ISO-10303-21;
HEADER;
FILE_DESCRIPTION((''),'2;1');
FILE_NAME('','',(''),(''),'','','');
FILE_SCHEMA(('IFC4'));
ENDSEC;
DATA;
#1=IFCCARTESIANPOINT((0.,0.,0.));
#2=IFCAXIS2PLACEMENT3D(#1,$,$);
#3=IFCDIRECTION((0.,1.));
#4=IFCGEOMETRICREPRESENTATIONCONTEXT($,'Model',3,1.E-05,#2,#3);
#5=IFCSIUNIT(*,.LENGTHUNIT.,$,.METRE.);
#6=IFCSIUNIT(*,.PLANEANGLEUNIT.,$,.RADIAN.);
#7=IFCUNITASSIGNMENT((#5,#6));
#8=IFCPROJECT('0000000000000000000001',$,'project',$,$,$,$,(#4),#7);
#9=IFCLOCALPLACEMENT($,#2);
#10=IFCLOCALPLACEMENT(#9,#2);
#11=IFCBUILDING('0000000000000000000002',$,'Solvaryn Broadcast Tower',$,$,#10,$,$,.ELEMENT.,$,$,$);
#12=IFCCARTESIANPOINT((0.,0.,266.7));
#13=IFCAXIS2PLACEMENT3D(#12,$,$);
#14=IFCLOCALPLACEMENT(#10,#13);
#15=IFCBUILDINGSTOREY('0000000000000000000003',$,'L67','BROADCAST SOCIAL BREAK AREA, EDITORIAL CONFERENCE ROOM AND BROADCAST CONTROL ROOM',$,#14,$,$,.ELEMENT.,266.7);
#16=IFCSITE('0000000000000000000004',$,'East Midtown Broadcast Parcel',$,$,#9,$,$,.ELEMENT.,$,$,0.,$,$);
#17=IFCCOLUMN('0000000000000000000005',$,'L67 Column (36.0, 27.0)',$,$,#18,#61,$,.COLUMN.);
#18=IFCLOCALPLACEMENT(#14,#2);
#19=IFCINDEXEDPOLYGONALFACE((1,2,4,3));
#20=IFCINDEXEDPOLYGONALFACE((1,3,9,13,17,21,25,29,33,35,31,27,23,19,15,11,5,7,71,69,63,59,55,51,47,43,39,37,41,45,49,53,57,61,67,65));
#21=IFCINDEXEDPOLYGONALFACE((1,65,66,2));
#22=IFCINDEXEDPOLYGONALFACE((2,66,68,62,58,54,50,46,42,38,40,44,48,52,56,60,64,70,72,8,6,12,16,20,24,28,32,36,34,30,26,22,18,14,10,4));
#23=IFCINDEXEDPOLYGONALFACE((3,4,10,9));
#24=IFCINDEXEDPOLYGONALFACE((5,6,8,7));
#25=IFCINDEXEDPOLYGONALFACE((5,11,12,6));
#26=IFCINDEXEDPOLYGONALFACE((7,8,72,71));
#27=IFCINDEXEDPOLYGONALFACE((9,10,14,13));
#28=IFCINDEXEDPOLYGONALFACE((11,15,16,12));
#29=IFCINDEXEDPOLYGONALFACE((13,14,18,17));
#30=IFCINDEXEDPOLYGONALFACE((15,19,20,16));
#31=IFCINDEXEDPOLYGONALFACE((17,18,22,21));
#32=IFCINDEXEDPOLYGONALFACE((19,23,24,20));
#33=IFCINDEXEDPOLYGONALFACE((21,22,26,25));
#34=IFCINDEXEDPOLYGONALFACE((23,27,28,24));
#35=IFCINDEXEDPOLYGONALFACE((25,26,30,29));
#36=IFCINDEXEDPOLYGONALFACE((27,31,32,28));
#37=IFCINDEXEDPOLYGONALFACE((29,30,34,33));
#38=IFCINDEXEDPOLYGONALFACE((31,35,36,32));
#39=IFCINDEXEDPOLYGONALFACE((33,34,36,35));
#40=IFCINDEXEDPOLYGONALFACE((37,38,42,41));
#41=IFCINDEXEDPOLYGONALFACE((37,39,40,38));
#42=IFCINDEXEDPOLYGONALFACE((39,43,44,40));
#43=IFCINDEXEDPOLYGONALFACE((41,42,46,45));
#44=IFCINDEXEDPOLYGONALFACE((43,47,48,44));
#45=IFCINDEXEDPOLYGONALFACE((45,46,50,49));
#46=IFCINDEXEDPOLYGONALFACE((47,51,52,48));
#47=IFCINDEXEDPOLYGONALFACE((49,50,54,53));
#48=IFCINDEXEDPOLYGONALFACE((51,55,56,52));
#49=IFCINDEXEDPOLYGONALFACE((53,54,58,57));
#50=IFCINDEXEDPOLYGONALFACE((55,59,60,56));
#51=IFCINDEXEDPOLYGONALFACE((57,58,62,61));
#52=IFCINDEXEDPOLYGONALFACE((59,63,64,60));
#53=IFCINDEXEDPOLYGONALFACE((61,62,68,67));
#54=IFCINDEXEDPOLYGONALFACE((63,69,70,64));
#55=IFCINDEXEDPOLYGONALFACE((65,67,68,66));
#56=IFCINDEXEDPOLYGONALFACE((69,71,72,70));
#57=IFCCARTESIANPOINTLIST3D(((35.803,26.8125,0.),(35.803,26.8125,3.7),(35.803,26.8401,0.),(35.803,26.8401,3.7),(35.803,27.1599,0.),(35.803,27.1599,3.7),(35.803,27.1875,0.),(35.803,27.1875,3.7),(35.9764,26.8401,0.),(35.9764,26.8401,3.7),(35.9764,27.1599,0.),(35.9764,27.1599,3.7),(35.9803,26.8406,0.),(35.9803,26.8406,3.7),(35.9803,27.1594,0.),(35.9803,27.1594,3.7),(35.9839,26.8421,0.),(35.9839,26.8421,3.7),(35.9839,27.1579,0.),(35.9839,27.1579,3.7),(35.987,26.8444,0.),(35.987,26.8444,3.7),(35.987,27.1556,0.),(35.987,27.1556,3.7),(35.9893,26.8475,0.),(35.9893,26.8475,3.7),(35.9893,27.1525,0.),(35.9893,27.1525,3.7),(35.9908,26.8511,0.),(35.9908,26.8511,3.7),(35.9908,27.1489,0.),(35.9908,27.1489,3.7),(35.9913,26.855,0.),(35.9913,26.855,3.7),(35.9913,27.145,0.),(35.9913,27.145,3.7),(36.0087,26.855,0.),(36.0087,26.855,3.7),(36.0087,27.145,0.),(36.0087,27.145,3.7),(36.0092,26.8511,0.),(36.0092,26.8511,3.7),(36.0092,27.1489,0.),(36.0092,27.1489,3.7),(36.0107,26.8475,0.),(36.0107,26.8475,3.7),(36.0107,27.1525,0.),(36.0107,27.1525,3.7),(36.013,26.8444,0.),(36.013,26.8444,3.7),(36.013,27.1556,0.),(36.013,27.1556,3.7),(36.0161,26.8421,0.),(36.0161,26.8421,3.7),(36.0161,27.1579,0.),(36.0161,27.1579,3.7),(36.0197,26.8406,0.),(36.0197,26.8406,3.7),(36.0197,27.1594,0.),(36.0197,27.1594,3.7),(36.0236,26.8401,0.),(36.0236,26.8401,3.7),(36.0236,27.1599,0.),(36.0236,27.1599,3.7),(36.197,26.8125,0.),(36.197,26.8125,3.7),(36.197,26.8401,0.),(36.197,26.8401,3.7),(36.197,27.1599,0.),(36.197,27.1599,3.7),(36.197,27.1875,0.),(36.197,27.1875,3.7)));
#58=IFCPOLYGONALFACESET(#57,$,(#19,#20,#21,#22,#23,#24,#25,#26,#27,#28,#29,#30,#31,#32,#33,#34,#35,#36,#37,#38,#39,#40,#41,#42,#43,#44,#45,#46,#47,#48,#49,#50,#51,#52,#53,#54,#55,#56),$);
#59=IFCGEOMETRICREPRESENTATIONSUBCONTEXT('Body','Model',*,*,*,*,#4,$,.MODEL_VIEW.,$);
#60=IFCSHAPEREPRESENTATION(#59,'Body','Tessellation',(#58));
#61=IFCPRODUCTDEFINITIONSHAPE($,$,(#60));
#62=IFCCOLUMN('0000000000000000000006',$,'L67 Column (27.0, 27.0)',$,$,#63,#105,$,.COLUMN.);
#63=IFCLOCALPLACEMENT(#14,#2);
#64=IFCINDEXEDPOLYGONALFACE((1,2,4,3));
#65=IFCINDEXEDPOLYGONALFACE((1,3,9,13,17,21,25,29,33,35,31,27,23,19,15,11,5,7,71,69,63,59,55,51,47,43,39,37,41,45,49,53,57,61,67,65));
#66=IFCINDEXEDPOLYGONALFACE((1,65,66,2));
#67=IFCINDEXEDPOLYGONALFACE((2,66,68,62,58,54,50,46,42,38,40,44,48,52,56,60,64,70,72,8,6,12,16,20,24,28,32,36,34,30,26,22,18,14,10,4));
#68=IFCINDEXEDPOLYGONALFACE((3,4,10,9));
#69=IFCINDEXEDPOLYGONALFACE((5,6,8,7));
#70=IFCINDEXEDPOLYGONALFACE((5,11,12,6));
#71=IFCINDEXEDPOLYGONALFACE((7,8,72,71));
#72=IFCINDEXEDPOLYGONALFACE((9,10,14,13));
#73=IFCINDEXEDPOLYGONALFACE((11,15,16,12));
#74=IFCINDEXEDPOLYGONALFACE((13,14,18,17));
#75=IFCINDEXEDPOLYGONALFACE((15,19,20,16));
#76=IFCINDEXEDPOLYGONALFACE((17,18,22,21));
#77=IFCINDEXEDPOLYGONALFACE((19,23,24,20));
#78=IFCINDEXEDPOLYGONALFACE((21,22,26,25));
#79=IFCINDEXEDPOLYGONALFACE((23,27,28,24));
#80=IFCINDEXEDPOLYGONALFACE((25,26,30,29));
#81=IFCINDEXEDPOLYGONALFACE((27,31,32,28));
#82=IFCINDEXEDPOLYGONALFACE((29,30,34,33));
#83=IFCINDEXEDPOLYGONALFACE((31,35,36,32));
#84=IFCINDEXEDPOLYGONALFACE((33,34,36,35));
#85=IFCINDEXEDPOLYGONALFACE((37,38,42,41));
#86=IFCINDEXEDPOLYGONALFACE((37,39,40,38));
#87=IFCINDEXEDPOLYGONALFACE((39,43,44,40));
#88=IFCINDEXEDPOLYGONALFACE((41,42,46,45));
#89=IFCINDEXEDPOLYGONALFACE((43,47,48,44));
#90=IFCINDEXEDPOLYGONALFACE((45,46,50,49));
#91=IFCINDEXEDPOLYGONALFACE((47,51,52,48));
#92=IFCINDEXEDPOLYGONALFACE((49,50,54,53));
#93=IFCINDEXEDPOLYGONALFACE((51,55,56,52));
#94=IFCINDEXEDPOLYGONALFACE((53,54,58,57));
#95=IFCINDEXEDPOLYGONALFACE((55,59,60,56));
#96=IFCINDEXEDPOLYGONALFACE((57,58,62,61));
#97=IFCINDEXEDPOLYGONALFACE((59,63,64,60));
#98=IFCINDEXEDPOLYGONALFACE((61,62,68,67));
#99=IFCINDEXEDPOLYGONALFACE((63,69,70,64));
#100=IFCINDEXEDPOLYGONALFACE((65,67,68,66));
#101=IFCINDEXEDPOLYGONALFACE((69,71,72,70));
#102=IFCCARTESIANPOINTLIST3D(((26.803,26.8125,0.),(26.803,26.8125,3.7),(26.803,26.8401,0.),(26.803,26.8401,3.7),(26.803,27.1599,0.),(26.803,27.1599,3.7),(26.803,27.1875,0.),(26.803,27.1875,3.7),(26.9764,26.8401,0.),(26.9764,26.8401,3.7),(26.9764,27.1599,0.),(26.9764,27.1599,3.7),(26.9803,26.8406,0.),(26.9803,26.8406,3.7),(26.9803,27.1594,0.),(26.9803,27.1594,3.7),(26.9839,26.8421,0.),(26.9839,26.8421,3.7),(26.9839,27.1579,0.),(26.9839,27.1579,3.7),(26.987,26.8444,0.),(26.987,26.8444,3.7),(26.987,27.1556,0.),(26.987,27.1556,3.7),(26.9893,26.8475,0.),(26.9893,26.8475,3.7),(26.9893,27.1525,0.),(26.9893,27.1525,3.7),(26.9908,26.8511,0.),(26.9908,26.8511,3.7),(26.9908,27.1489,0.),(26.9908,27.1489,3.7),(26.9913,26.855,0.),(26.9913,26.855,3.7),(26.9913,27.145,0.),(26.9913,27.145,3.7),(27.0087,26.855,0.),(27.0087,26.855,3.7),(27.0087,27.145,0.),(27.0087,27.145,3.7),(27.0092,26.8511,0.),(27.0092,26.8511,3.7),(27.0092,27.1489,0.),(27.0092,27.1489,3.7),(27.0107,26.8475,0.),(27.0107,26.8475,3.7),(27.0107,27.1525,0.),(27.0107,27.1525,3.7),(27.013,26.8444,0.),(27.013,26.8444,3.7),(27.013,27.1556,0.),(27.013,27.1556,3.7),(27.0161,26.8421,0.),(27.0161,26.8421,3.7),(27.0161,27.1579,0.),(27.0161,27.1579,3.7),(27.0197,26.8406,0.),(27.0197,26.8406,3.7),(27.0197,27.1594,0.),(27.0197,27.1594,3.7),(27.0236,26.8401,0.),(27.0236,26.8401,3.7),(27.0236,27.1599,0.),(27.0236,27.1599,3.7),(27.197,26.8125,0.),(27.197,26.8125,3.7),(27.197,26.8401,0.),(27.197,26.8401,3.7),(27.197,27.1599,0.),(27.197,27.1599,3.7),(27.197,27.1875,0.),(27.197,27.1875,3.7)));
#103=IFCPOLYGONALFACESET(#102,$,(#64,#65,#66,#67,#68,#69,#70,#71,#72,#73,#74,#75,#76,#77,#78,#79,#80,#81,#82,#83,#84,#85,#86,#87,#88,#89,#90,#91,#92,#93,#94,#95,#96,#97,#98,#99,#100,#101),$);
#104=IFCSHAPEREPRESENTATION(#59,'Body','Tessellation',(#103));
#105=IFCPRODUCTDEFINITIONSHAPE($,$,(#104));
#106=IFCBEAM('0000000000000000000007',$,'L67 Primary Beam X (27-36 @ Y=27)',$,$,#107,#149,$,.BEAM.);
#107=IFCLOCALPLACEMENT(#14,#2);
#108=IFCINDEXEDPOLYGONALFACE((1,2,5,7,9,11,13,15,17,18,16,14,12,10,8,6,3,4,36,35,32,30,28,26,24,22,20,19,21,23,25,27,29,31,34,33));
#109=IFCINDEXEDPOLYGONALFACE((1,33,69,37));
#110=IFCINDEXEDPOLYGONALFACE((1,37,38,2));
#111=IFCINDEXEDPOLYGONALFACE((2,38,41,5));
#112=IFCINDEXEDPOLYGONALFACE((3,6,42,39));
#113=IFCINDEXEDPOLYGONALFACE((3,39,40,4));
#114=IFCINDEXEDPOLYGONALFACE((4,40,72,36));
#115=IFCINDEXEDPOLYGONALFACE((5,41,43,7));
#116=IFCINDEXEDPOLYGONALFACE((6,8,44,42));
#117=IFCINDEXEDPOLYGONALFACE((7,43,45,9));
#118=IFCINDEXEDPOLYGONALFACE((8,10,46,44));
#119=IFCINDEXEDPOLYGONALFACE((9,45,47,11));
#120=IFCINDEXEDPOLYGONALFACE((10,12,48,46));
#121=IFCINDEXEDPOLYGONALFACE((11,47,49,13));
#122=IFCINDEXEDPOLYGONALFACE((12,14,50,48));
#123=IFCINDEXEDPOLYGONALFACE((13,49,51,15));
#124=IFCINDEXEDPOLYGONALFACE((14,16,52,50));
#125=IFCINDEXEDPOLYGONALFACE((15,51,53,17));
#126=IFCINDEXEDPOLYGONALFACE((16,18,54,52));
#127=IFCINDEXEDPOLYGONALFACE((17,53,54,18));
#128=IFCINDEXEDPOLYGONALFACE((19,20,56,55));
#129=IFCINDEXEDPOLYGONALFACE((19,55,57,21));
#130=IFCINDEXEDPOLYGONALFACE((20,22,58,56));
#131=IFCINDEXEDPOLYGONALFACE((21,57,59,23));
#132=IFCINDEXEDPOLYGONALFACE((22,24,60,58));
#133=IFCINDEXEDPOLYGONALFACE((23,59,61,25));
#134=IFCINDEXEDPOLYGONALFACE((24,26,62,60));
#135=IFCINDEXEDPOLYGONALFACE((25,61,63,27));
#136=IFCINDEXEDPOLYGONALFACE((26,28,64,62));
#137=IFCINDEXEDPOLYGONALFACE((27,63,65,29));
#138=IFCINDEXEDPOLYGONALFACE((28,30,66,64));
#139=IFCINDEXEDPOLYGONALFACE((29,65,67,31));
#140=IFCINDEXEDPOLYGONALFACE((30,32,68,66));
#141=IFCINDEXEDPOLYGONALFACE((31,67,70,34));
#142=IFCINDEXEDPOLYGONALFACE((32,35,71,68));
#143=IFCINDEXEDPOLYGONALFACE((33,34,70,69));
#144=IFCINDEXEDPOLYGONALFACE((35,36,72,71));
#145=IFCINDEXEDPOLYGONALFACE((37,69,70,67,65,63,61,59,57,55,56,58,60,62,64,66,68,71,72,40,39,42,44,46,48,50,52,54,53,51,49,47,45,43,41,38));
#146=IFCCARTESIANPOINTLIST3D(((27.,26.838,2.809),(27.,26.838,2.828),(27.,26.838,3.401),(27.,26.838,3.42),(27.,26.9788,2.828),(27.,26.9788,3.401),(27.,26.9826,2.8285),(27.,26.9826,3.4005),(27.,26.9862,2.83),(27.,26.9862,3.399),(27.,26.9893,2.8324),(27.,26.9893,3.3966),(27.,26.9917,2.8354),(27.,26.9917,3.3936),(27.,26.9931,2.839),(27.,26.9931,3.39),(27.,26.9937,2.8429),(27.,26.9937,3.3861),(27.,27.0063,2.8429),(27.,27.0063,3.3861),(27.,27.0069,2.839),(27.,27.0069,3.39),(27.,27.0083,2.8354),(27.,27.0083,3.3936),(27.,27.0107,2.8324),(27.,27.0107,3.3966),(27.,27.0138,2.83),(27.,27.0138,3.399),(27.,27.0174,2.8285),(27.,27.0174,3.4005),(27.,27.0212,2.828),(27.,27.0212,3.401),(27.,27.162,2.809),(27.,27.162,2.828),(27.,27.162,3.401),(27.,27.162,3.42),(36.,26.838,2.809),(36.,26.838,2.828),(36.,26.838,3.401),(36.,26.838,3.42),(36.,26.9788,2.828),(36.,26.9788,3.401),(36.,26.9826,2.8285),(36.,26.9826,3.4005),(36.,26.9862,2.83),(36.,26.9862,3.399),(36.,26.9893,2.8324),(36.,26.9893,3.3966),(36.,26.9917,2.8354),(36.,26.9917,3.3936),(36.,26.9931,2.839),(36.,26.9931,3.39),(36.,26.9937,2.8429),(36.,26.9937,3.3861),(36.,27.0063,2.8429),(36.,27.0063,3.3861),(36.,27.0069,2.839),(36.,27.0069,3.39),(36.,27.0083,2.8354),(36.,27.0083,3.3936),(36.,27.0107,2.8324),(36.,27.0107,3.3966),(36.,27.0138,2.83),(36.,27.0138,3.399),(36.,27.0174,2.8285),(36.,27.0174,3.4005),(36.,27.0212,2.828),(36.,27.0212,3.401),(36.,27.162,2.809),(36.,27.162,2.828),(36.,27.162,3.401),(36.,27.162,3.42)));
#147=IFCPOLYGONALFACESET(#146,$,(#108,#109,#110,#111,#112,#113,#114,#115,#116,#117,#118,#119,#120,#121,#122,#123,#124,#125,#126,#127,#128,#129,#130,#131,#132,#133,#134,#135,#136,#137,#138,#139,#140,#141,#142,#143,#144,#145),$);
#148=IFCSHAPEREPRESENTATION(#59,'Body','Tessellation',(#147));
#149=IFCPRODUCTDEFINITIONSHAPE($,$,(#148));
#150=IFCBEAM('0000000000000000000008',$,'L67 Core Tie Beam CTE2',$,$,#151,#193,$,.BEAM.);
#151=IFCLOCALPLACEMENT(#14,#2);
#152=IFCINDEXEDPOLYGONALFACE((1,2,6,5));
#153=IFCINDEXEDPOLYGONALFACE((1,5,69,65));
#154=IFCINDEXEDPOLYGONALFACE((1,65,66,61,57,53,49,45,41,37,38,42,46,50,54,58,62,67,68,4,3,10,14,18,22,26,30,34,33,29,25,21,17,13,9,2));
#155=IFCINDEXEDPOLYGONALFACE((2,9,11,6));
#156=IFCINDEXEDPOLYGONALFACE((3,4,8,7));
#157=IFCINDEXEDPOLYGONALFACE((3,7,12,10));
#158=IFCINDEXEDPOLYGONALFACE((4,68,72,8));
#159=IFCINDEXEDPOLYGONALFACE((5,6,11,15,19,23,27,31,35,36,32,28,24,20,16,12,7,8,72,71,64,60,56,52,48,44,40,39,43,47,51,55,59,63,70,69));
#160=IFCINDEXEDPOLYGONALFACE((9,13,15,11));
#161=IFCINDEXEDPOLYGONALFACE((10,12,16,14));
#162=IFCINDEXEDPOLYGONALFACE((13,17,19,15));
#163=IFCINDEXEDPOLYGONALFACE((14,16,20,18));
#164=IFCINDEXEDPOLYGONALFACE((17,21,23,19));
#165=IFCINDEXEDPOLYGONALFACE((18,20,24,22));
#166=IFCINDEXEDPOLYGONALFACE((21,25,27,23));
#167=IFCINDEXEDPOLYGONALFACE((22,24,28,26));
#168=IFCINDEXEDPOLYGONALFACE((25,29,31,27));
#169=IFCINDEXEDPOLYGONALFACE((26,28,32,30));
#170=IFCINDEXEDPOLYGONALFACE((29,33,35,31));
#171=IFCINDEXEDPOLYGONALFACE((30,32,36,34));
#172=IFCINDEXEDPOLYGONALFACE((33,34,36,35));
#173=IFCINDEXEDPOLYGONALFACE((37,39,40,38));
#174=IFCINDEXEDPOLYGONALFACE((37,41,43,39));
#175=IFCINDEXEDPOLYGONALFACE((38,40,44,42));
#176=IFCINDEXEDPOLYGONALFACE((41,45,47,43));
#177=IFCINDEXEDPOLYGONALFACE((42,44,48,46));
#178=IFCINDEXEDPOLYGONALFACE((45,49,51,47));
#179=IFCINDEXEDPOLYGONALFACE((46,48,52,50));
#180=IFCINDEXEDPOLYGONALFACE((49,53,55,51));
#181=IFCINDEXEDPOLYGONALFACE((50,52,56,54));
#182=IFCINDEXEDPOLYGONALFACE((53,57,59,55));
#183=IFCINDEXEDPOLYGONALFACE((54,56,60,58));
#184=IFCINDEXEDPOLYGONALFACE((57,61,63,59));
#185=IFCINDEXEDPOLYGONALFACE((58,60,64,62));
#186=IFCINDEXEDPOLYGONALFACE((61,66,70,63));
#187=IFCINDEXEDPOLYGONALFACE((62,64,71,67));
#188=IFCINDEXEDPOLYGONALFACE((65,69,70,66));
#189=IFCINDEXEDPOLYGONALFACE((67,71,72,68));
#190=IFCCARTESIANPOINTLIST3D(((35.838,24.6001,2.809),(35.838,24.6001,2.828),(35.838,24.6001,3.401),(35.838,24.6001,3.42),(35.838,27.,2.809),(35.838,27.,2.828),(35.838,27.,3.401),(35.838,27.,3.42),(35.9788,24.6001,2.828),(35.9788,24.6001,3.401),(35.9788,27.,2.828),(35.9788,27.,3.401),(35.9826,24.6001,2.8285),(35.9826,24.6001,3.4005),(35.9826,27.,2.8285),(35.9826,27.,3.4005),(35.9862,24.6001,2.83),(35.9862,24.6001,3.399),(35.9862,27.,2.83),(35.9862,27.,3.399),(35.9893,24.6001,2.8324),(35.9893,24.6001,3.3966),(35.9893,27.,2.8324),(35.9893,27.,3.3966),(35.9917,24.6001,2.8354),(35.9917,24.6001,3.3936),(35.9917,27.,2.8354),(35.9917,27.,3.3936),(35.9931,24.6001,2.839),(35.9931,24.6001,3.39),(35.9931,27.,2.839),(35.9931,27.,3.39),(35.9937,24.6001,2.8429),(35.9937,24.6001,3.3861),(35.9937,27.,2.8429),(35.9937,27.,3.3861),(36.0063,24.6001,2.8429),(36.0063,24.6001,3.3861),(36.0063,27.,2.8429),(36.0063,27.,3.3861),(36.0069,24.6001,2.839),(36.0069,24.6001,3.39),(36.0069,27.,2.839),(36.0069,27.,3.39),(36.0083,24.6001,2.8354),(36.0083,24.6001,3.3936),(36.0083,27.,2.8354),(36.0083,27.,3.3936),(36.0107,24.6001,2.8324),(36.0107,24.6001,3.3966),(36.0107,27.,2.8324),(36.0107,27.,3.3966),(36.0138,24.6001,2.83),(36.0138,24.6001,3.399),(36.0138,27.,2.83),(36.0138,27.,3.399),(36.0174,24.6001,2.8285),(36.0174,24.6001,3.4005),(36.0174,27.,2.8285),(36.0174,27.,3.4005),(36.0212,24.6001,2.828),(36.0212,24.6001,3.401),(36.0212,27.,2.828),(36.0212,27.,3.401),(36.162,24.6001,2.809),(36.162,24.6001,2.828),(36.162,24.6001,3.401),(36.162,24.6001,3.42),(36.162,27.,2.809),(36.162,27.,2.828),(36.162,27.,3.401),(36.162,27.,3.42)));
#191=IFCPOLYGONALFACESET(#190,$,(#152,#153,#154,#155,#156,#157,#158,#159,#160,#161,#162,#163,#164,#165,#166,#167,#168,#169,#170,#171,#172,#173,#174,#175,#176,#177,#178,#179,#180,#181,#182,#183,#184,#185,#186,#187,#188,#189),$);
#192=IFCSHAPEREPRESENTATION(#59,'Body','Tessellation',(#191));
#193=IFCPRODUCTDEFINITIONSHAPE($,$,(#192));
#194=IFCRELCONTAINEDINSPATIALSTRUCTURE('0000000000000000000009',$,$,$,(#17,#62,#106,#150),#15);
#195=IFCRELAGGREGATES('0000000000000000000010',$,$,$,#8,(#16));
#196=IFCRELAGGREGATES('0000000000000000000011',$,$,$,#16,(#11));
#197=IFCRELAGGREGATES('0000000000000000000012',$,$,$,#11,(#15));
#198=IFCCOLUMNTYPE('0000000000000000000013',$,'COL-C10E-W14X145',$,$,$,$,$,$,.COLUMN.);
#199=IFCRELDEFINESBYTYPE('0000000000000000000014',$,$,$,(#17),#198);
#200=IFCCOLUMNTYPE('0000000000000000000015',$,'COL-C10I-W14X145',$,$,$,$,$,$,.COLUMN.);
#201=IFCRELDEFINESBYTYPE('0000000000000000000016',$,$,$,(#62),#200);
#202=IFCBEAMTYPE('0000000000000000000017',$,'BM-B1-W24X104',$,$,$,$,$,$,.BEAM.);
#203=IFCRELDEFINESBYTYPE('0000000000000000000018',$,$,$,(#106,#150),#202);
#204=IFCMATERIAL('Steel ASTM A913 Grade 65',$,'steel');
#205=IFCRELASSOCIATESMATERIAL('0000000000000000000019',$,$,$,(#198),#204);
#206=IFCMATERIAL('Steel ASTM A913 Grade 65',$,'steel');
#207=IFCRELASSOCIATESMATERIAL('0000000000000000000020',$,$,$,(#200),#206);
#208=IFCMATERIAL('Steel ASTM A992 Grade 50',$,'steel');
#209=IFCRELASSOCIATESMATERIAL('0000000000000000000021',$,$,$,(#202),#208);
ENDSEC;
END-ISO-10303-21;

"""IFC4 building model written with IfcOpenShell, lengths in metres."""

from ifc_helpers import new_model, si_unit, direction, frame, origin, origin_2d, place, context, subcontext, project, spatial, i_section, extrude, material, material_profile, profile_set, type_object, element, save


model = new_model("IFC4")

# Units and contexts
model_context = context("Model", 3, precision=1e-05, world=origin(), true_north=direction((0.0, 1.0)))
body_context = subcontext(model_context, "Body", "Model", "MODEL_VIEW")
ifc_project = project(units=[si_unit("LENGTHUNIT", "METRE"), si_unit("PLANEANGLEUNIT", "RADIAN")], contexts=[model_context])

# Site, building, storey
site_placement = place(None, origin())
site = spatial("IfcSite", under=ifc_project, at=site_placement, Name="East Midtown Broadcast Parcel", CompositionType="ELEMENT", RefElevation=0.0)
building_placement = place(site_placement, origin())
building = spatial("IfcBuilding", under=site, at=building_placement, Name="Solvaryn Broadcast Tower", CompositionType="ELEMENT")
storey_placement = place(building_placement, frame((0.0, 0.0, 266.7)))
storey = spatial("IfcBuildingStorey", under=building, at=storey_placement, Name="L67", Description="BROADCAST SOCIAL BREAK AREA, EDITORIAL CONFERENCE ROOM AND BROADCAST CONTROL ROOM", CompositionType="ELEMENT", Elevation=266.7)

# Columns
ifc_material_1 = material(Name="Steel ASTM A913 Grade 65", Category="steel")
ifc_material_profile_1 = material_profile(ifc_material_1, i_section(OverallWidth=0.394, OverallDepth=0.375, WebThickness=0.0173, FlangeThickness=0.0276, FilletRadius=0.0149, at=origin_2d()))
ifc_profile_set_1 = profile_set([ifc_material_profile_1], Name="Steel ASTM A913 Grade 65")
column_type_1 = type_object("IfcColumnType", Name="COL-C10E-W14X145", PredefinedType="COLUMN", material=ifc_profile_set_1)
column_1_placement = place(storey_placement, frame((36.0, 27.0, 0.0), z_axis=(0.0, 0.0, 1.0), x_axis=(1.0, 0.0, 0.0)))
element("IfcColumn", 1, at=column_1_placement, inside=storey, type_object=column_type_1, Name="L67 Column (36.0, 27.0)", PredefinedType="COLUMN", context=body_context, shape_type="SweptSolid", body=[
    extrude(i_section(OverallWidth=0.394, OverallDepth=0.375, WebThickness=0.0173, FlangeThickness=0.0276, FilletRadius=0.0149, at=origin_2d()), origin(), (0.0, 0.0, 1.0), 3.7),
])
ifc_material_2 = material(Name="Steel ASTM A913 Grade 65", Category="steel")
ifc_material_profile_2 = material_profile(ifc_material_2, i_section(OverallWidth=0.394, OverallDepth=0.375, WebThickness=0.0173, FlangeThickness=0.0276, FilletRadius=0.0149, at=origin_2d()))
ifc_profile_set_2 = profile_set([ifc_material_profile_2], Name="Steel ASTM A913 Grade 65")
column_type_2 = type_object("IfcColumnType", Name="COL-C10I-W14X145", PredefinedType="COLUMN", material=ifc_profile_set_2)
column_2_placement = place(storey_placement, frame((27.0, 27.0, 0.0), z_axis=(0.0, 0.0, 1.0), x_axis=(1.0, 0.0, 0.0)))
element("IfcColumn", 2, at=column_2_placement, inside=storey, type_object=column_type_2, Name="L67 Column (27.0, 27.0)", PredefinedType="COLUMN", context=body_context, shape_type="SweptSolid", body=[
    extrude(i_section(OverallWidth=0.394, OverallDepth=0.375, WebThickness=0.0173, FlangeThickness=0.0276, FilletRadius=0.0149, at=origin_2d()), origin(), (0.0, 0.0, 1.0), 3.7),
])

# Beams
ifc_material_3 = material(Name="Steel ASTM A992 Grade 50", Category="steel")
ifc_material_profile_3 = material_profile(ifc_material_3, i_section(OverallWidth=0.324, OverallDepth=0.6111, WebThickness=0.0127, FlangeThickness=0.019, FilletRadius=0.0149, at=origin_2d()))
ifc_profile_set_3 = profile_set([ifc_material_profile_3], Name="Steel ASTM A992 Grade 50")
beam_type_1 = type_object("IfcBeamType", Name="BM-B1-W24X104", PredefinedType="BEAM", material=ifc_profile_set_3)
beam_1_placement = place(storey_placement, frame((27.0, 27.0, 3.1145), z_axis=(1.0, 0.0, 0.0), x_axis=(0.0, 1.0, 0.0)))
element("IfcBeam", 3, at=beam_1_placement, inside=storey, type_object=beam_type_1, Name="L67 Primary Beam X (27-36 @ Y=27)", PredefinedType="BEAM", context=body_context, shape_type="SweptSolid", body=[
    extrude(i_section(OverallWidth=0.324, OverallDepth=0.6111, WebThickness=0.0127, FlangeThickness=0.019, FilletRadius=0.0149, at=origin_2d()), origin(), (0.0, 0.0, 1.0), 9.0),
])
beam_2_placement = place(storey_placement, frame((36.0, 24.6001, 3.1145), z_axis=(0.0, 1.0, 0.0), x_axis=(-1.0, 0.0, 0.0)))
element("IfcBeam", 4, at=beam_2_placement, inside=storey, type_object=beam_type_1, Name="L67 Core Tie Beam CTE2", PredefinedType="BEAM", context=body_context, shape_type="SweptSolid", body=[
    extrude(i_section(OverallWidth=0.324, OverallDepth=0.6111, WebThickness=0.0127, FlangeThickness=0.019, FilletRadius=0.0149, at=origin_2d()), origin(), (0.0, 0.0, 1.0), 2.3999),
])

save(model, "model.ifc")
